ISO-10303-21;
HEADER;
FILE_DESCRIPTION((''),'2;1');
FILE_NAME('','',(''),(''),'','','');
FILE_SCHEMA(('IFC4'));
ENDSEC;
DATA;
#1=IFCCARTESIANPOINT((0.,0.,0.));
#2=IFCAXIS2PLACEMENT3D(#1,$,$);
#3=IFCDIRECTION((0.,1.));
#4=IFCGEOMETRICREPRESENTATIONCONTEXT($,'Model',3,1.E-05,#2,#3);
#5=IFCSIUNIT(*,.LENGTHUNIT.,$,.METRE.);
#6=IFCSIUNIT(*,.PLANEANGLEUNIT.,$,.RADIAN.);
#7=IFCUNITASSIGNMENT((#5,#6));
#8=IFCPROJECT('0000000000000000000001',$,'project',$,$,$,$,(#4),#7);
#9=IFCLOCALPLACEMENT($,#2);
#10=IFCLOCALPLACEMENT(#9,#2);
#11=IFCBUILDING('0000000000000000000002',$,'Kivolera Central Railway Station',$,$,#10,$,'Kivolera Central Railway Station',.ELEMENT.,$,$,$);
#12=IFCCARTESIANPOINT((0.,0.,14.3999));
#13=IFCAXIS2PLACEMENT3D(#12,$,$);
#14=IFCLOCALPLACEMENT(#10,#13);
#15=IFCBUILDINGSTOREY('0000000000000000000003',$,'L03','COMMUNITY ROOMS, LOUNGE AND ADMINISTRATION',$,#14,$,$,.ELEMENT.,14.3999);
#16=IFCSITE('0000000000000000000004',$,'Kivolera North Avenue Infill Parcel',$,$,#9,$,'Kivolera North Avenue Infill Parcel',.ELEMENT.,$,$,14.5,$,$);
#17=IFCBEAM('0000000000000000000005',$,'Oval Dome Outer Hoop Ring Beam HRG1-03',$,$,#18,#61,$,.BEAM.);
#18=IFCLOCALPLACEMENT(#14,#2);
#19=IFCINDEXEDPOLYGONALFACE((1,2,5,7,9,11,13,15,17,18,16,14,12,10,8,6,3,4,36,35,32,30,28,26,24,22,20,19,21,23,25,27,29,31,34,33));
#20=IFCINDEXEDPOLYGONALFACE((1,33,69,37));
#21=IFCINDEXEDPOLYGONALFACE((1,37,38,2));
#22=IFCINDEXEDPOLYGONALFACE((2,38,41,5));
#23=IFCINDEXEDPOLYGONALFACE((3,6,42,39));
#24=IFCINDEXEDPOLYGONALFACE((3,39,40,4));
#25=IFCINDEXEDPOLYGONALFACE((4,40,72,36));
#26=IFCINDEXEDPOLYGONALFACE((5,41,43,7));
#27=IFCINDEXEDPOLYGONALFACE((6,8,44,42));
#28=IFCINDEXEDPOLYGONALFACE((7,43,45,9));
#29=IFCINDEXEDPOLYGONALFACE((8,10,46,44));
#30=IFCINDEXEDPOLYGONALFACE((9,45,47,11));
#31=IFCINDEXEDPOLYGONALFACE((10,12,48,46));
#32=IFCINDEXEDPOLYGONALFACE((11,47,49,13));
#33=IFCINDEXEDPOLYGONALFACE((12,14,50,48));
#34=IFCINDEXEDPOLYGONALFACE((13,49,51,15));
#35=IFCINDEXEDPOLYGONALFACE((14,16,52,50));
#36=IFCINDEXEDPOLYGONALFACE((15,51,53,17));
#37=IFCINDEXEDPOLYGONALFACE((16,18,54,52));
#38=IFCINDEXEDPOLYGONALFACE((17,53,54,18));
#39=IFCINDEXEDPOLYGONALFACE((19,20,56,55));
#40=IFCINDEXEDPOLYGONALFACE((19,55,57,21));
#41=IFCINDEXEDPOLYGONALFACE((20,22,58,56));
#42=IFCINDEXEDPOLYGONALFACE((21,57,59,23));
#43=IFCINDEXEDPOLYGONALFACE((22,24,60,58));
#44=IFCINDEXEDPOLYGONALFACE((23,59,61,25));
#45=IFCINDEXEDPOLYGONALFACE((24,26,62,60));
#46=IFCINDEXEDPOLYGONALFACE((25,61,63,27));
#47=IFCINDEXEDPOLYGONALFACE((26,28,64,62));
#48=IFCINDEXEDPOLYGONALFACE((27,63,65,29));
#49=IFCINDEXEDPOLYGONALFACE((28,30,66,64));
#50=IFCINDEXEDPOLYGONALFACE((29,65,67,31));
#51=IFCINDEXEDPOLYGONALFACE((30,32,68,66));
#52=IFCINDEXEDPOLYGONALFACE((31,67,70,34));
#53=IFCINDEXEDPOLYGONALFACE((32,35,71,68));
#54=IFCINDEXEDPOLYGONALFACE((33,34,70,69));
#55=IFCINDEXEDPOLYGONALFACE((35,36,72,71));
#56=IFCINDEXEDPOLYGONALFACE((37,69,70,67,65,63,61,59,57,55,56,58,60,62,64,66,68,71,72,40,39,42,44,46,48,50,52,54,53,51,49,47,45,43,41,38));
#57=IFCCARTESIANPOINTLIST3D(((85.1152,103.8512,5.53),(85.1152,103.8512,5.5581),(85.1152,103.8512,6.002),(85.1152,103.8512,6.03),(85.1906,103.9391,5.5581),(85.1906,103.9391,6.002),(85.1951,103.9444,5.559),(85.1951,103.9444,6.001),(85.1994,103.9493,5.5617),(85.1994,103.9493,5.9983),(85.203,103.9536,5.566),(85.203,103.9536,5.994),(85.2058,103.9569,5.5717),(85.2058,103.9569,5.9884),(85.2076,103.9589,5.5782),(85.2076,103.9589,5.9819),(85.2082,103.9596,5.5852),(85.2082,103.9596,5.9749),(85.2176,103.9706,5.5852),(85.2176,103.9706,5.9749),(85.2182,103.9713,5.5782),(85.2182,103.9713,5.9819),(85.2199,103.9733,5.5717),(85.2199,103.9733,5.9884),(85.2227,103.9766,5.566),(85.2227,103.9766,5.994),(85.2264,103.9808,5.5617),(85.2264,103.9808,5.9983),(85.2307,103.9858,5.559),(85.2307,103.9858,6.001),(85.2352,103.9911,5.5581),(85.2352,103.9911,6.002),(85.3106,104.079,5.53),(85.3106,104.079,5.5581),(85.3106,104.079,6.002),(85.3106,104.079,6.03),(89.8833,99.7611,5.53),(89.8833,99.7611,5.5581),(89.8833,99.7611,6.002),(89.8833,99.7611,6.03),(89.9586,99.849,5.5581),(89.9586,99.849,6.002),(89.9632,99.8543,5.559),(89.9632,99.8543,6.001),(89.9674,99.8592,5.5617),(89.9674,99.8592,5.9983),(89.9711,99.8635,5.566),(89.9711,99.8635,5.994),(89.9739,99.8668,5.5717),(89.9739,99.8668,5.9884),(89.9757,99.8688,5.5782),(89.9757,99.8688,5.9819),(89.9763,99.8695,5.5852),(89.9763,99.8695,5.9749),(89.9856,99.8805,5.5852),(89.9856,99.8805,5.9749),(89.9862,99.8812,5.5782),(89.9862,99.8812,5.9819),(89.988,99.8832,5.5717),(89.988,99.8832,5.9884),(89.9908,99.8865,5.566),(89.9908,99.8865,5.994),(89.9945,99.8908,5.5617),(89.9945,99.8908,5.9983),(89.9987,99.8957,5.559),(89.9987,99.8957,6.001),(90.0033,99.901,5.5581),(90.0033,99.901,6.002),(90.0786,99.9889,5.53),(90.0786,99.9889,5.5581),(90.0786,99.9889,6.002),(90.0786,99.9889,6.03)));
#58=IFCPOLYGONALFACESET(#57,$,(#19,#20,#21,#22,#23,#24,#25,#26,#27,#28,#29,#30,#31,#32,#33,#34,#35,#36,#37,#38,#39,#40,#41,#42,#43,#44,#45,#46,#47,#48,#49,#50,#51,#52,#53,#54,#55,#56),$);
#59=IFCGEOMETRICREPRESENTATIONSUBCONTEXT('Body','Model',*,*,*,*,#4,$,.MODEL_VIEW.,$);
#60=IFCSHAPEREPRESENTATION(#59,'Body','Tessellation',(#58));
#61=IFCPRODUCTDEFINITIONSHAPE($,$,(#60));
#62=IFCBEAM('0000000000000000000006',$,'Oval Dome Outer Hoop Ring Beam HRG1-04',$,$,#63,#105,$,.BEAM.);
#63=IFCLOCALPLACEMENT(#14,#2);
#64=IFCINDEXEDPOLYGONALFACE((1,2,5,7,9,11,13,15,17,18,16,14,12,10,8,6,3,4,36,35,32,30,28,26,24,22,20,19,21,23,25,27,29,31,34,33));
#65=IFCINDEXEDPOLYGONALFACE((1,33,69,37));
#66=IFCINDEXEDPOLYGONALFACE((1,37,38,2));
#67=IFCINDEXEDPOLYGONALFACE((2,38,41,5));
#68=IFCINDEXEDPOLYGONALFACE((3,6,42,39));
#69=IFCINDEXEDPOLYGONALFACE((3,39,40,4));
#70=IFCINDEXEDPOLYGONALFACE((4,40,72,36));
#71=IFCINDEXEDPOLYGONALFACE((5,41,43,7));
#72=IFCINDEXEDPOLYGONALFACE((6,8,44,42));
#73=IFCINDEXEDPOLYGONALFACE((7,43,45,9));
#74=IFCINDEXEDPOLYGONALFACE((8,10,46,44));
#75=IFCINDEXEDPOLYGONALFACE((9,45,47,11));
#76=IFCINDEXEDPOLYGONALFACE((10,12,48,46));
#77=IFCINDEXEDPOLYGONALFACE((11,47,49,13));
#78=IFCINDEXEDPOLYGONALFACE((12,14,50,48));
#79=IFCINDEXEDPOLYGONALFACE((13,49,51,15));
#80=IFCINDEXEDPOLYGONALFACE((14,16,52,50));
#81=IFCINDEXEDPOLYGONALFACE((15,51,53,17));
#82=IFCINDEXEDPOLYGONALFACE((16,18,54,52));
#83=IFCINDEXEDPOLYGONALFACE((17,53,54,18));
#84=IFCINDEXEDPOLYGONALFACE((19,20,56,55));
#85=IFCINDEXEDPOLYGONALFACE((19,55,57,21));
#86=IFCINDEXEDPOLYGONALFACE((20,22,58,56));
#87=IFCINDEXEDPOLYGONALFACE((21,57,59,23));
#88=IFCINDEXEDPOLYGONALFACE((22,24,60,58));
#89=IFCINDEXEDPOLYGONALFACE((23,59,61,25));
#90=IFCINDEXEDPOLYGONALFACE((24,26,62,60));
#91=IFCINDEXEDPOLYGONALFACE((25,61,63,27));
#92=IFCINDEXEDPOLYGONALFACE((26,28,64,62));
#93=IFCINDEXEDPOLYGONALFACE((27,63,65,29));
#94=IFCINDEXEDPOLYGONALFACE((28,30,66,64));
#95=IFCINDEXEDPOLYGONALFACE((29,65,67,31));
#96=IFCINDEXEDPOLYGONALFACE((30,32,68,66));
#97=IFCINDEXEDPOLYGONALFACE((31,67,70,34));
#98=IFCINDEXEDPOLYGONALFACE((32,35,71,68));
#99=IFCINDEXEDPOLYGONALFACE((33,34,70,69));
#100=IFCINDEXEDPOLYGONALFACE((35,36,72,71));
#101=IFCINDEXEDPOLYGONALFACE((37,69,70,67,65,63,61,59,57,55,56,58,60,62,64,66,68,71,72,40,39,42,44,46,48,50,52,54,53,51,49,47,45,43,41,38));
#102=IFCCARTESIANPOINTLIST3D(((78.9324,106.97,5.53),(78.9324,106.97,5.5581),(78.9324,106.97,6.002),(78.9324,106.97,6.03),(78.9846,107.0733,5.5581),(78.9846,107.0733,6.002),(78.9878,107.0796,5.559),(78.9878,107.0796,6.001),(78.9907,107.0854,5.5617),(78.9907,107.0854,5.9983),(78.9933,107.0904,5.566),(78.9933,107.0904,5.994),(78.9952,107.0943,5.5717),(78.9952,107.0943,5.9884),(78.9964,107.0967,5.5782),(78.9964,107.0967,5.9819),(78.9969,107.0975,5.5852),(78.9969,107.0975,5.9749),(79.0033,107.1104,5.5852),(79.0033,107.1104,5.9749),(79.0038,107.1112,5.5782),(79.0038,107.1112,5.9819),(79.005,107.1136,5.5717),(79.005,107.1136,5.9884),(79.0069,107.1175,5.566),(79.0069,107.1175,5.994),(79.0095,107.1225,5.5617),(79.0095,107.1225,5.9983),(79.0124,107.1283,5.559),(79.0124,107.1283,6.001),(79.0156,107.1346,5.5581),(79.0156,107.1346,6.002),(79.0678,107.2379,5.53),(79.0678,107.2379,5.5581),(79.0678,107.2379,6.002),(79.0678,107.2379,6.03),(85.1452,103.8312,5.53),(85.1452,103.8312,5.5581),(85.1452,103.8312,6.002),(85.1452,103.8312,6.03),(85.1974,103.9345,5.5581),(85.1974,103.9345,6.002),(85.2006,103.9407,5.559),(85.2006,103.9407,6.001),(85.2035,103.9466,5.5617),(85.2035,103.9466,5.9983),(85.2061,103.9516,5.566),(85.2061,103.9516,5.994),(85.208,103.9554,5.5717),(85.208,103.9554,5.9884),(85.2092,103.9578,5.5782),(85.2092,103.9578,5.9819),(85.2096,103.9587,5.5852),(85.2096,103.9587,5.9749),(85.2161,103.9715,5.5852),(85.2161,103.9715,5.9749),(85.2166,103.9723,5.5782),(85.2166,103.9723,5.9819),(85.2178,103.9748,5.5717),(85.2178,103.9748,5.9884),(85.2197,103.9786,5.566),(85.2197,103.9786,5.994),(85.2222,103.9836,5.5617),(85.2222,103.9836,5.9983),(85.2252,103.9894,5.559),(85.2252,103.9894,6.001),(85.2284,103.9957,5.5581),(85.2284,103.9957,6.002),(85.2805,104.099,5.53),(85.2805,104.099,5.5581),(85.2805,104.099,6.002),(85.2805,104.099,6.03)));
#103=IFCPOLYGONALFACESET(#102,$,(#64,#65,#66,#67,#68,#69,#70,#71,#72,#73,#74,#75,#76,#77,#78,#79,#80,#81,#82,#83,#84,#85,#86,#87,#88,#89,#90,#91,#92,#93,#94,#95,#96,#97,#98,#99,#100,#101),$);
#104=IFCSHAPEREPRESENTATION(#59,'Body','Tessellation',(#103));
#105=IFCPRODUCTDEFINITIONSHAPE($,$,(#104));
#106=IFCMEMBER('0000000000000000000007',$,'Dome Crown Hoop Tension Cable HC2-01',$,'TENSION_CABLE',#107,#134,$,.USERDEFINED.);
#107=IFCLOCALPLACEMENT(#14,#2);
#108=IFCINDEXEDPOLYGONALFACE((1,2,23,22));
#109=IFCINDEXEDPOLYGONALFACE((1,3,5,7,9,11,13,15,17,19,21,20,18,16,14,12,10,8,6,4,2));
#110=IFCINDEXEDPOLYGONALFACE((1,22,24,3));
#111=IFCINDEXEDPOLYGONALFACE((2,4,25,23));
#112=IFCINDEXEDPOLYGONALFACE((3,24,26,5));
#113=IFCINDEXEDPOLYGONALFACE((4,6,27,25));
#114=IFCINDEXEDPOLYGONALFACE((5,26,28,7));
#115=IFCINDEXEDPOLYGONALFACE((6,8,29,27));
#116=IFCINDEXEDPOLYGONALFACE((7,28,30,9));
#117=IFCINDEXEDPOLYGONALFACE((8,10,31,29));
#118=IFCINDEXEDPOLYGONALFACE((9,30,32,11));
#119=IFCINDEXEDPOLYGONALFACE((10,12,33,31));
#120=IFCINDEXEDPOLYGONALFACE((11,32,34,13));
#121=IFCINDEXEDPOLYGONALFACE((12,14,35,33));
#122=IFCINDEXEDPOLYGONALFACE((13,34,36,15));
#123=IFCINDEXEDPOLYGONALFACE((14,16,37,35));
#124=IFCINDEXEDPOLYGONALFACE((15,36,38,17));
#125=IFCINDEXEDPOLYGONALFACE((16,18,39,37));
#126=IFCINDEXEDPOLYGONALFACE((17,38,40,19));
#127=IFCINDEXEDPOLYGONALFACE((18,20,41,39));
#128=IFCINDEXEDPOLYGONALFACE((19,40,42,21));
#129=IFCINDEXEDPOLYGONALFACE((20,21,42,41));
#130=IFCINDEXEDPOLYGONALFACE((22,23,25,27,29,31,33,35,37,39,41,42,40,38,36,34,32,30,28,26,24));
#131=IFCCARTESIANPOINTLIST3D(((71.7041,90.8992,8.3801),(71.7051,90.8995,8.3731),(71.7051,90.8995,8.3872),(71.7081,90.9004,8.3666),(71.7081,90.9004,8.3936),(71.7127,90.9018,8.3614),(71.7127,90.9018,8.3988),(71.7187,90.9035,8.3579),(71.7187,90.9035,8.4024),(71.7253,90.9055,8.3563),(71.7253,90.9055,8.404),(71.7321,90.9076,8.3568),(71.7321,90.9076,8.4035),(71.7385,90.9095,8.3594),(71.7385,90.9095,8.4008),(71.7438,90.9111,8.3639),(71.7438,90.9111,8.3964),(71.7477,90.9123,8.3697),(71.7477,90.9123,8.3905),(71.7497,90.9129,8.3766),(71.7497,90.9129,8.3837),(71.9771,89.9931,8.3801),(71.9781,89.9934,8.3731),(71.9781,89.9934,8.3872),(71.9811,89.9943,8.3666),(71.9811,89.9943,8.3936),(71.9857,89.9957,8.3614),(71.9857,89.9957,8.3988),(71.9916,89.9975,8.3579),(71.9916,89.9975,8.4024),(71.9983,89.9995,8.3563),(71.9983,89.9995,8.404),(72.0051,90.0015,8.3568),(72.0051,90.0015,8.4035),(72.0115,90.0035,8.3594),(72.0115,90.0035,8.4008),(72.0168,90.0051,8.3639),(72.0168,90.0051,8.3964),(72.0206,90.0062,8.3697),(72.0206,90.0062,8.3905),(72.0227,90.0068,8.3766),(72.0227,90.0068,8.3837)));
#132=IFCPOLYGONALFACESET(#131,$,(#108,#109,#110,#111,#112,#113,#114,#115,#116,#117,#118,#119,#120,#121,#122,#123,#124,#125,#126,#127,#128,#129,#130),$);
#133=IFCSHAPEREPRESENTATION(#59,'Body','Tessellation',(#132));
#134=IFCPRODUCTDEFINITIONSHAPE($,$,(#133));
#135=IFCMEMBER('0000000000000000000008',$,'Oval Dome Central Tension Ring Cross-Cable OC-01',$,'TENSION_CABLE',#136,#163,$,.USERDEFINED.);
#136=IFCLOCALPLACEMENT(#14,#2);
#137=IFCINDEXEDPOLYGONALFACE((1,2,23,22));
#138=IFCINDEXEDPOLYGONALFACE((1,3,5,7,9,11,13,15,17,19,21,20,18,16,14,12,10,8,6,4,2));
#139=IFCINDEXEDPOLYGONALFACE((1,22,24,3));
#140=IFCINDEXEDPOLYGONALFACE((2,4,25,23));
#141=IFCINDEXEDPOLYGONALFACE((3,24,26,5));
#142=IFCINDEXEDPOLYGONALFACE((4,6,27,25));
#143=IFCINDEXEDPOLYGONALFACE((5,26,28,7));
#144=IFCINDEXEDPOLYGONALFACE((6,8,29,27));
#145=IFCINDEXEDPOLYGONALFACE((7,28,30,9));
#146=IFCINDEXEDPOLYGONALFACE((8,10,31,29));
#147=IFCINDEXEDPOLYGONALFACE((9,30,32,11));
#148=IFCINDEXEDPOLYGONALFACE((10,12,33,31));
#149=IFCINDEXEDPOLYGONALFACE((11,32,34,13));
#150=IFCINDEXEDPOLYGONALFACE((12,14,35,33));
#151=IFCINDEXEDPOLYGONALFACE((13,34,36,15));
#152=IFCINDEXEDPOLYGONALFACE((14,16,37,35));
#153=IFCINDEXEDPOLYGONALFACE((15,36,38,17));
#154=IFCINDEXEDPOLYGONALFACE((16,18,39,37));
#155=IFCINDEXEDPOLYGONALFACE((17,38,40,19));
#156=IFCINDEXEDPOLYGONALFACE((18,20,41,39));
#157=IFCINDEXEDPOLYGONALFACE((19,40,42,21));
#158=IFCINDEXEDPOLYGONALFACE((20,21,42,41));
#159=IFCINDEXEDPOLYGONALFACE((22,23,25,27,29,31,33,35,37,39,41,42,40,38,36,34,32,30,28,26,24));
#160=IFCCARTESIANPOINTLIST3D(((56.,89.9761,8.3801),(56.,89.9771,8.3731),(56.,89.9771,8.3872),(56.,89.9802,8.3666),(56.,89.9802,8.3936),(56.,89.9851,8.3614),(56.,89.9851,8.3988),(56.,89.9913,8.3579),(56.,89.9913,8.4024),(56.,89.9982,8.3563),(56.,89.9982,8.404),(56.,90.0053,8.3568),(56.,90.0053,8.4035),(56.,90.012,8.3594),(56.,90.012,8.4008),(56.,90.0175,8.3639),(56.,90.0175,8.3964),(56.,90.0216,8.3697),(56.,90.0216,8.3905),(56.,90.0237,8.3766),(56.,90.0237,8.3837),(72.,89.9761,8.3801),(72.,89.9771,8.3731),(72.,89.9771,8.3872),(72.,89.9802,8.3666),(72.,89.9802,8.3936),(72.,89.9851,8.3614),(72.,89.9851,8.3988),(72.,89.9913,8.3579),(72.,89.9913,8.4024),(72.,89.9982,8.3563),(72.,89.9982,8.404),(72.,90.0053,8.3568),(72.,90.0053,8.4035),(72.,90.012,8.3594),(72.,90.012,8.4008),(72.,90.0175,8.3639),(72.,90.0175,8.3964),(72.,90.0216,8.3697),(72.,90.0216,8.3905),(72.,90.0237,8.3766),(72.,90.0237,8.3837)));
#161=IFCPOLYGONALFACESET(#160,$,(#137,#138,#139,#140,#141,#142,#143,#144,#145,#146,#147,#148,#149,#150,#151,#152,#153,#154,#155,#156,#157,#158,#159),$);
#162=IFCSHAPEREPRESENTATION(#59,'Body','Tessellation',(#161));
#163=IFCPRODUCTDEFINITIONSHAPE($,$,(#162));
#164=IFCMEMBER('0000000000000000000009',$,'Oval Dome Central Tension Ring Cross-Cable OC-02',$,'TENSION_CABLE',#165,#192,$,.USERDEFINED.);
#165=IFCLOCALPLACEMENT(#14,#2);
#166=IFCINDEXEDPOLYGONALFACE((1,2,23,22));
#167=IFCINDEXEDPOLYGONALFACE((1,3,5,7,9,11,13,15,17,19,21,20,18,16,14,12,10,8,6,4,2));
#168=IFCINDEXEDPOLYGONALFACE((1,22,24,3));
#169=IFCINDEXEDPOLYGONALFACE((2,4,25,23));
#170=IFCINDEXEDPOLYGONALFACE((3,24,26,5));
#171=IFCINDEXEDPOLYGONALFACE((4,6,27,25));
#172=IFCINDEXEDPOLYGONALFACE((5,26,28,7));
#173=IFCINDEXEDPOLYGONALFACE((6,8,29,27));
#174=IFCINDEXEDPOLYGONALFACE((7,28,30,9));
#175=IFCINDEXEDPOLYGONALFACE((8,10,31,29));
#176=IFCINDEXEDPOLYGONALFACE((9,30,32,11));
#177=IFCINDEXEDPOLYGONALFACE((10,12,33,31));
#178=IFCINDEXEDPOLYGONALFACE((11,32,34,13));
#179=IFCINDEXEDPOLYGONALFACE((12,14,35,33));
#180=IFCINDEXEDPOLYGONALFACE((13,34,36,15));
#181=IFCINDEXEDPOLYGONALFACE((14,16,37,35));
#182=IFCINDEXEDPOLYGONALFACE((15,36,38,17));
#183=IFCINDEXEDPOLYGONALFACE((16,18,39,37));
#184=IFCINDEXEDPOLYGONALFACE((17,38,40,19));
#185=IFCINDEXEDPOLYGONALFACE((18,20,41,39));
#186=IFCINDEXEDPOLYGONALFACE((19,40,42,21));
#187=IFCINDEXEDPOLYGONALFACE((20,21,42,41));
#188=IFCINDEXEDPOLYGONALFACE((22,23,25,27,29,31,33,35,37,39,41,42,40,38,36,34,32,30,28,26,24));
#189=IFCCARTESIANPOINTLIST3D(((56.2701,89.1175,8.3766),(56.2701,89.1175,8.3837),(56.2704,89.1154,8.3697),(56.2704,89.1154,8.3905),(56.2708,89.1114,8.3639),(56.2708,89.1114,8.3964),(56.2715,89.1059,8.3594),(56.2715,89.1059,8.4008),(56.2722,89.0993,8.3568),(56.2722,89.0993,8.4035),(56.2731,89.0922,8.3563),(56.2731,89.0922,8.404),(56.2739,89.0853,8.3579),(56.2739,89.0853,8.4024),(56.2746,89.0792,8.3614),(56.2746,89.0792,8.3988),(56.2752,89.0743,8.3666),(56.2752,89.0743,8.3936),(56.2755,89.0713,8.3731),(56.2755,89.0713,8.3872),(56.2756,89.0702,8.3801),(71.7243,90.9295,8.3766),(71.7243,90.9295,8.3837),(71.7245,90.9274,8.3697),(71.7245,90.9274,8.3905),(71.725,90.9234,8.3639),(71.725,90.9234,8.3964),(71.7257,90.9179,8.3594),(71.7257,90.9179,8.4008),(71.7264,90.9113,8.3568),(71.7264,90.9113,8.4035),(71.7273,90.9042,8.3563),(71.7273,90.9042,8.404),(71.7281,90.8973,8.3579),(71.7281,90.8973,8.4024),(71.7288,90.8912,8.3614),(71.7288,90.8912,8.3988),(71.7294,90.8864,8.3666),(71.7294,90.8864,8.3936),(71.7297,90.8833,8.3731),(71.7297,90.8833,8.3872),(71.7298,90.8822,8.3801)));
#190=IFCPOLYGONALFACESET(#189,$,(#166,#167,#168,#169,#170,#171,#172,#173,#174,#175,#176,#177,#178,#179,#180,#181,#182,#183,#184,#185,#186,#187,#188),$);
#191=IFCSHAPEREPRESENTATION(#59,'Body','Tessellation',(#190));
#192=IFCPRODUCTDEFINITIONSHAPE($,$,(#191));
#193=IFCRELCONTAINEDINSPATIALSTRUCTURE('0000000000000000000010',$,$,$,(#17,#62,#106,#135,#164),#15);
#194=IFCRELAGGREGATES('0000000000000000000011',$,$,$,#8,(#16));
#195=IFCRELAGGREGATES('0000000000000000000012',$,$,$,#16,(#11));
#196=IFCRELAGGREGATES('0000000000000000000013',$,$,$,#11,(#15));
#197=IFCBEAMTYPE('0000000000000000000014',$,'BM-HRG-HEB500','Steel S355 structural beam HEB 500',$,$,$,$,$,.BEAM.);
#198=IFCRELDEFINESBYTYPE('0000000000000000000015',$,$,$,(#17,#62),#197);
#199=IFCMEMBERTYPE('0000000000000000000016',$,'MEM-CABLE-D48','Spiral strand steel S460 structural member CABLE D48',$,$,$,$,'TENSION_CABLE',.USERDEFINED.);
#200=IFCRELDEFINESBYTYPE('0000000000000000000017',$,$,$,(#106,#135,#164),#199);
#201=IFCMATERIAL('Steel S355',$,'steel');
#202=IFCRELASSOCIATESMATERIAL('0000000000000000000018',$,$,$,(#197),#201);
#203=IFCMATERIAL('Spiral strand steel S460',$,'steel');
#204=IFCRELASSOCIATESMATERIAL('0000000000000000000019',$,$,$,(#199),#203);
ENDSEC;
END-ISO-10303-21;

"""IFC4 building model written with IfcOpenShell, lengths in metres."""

from ifc_helpers import new_model, si_unit, direction, frame, origin, origin_2d, place, context, subcontext, project, spatial, circle, i_section, extrude, material, material_profile, profile_set, type_object, element, save


model = new_model("IFC4")

# Units and contexts
model_context = context("Model", 3, precision=1e-05, world=origin(), true_north=direction((0.0, 1.0)))
body_context = subcontext(model_context, "Body", "Model", "MODEL_VIEW")
ifc_project = project(units=[si_unit("LENGTHUNIT", "METRE"), si_unit("PLANEANGLEUNIT", "RADIAN")], contexts=[model_context])

# Site, building, storey
site_placement = place(None, origin())
site = spatial("IfcSite", under=ifc_project, at=site_placement, Name="Kivolera North Avenue Infill Parcel", LongName="Kivolera North Avenue Infill Parcel", CompositionType="ELEMENT", RefElevation=14.5)
building_placement = place(site_placement, origin())
building = spatial("IfcBuilding", under=site, at=building_placement, Name="Kivolera Central Railway Station", LongName="Kivolera Central Railway Station", CompositionType="ELEMENT")
storey_placement = place(building_placement, frame((0.0, 0.0, 14.3999)))
storey = spatial("IfcBuildingStorey", under=building, at=storey_placement, Name="L03", Description="COMMUNITY ROOMS, LOUNGE AND ADMINISTRATION", CompositionType="ELEMENT", Elevation=14.3999)

# Beams
ifc_material_1 = material(Name="Steel S355", Category="steel")
ifc_material_profile_1 = material_profile(ifc_material_1, i_section(OverallWidth=0.3, OverallDepth=0.5, WebThickness=0.0144, FlangeThickness=0.0281, FilletRadius=0.0271, at=origin_2d()), Name="HEB 500")
ifc_profile_set_1 = profile_set([ifc_material_profile_1], Name="Steel S355")
beam_type_1 = type_object("IfcBeamType", Name="BM-HRG-HEB500", Description="Steel S355 structural beam HEB 500", PredefinedType="BEAM", material=ifc_profile_set_1)
beam_1_placement = place(storey_placement, frame((89.981, 99.875, 5.78), z_axis=(-0.759007, 0.651083, 0.0), x_axis=(-0.651083, -0.759007, 0.0)))
element("IfcBeam", 1, at=beam_1_placement, inside=storey, type_object=beam_type_1, Name="Oval Dome Outer Hoop Ring Beam HRG1-03", PredefinedType="BEAM", context=body_context, shape_type="SweptSolid", body=[
    extrude(i_section(OverallWidth=0.3, OverallDepth=0.5, WebThickness=0.0144, FlangeThickness=0.0281, FilletRadius=0.0271, at=origin_2d()), origin(), (0.0, 0.0, 1.0), 6.282),
])
beam_2_placement = place(storey_placement, frame((85.2129, 103.9651, 5.78), z_axis=(-0.892553, 0.450942, 0.0), x_axis=(-0.450942, -0.892553, 0.0)))
element("IfcBeam", 2, at=beam_2_placement, inside=storey, type_object=beam_type_1, Name="Oval Dome Outer Hoop Ring Beam HRG1-04", PredefinedType="BEAM", context=body_context, shape_type="SweptSolid", body=[
    extrude(i_section(OverallWidth=0.3, OverallDepth=0.5, WebThickness=0.0144, FlangeThickness=0.0281, FilletRadius=0.0271, at=origin_2d()), origin(), (0.0, 0.0, 1.0), 6.9607),
])

# Members
ifc_material_2 = material(Name="Spiral strand steel S460", Category="steel")
ifc_material_profile_2 = material_profile(ifc_material_2, circle(Radius=0.0239, at=origin_2d()), Name="CABLE D48")
ifc_profile_set_2 = profile_set([ifc_material_profile_2], Name="Spiral strand steel S460")
member_type_1 = type_object("IfcMemberType", Name="MEM-CABLE-D48", Description="Spiral strand steel S460 structural member CABLE D48", ElementType="TENSION_CABLE", PredefinedType="USERDEFINED", material=ifc_profile_set_2)
member_1_placement = place(storey_placement, frame((72.0, 90.0, 8.3801), z_axis=(-0.28846, 0.957492, 0.0), x_axis=(-0.957492, -0.28846, 0.0)))
element("IfcMember", 3, at=member_1_placement, inside=storey, type_object=member_type_1, Name="Dome Crown Hoop Tension Cable HC2-01", ObjectType="TENSION_CABLE", PredefinedType="USERDEFINED", context=body_context, shape_type="SweptSolid", body=[
    extrude(circle(Radius=0.0239, at=origin_2d()), origin(), (0.0, 0.0, 1.0), 0.9463),
])
member_2_placement = place(storey_placement, frame((72.0, 90.0, 8.3801), z_axis=(-1.0, 0.0, 0.0), x_axis=(0.0, -1.0, 0.0)))
element("IfcMember", 4, at=member_2_placement, inside=storey, type_object=member_type_1, Name="Oval Dome Central Tension Ring Cross-Cable OC-01", ObjectType="TENSION_CABLE", PredefinedType="USERDEFINED", context=body_context, shape_type="SweptSolid", body=[
    extrude(circle(Radius=0.0239, at=origin_2d()), origin(), (0.0, 0.0, 1.0), 16.0),
])
member_3_placement = place(storey_placement, frame((71.7271, 90.906, 8.3801), z_axis=(-0.993196, -0.116453, 0.0), x_axis=(0.116453, -0.993196, 0.0)))
element("IfcMember", 5, at=member_3_placement, inside=storey, type_object=member_type_1, Name="Oval Dome Central Tension Ring Cross-Cable OC-02", ObjectType="TENSION_CABLE", PredefinedType="USERDEFINED", context=body_context, shape_type="SweptSolid", body=[
    extrude(circle(Radius=0.0239, at=origin_2d()), origin(), (0.0, 0.0, 1.0), 15.5601),
])

save(model, "model.ifc")
